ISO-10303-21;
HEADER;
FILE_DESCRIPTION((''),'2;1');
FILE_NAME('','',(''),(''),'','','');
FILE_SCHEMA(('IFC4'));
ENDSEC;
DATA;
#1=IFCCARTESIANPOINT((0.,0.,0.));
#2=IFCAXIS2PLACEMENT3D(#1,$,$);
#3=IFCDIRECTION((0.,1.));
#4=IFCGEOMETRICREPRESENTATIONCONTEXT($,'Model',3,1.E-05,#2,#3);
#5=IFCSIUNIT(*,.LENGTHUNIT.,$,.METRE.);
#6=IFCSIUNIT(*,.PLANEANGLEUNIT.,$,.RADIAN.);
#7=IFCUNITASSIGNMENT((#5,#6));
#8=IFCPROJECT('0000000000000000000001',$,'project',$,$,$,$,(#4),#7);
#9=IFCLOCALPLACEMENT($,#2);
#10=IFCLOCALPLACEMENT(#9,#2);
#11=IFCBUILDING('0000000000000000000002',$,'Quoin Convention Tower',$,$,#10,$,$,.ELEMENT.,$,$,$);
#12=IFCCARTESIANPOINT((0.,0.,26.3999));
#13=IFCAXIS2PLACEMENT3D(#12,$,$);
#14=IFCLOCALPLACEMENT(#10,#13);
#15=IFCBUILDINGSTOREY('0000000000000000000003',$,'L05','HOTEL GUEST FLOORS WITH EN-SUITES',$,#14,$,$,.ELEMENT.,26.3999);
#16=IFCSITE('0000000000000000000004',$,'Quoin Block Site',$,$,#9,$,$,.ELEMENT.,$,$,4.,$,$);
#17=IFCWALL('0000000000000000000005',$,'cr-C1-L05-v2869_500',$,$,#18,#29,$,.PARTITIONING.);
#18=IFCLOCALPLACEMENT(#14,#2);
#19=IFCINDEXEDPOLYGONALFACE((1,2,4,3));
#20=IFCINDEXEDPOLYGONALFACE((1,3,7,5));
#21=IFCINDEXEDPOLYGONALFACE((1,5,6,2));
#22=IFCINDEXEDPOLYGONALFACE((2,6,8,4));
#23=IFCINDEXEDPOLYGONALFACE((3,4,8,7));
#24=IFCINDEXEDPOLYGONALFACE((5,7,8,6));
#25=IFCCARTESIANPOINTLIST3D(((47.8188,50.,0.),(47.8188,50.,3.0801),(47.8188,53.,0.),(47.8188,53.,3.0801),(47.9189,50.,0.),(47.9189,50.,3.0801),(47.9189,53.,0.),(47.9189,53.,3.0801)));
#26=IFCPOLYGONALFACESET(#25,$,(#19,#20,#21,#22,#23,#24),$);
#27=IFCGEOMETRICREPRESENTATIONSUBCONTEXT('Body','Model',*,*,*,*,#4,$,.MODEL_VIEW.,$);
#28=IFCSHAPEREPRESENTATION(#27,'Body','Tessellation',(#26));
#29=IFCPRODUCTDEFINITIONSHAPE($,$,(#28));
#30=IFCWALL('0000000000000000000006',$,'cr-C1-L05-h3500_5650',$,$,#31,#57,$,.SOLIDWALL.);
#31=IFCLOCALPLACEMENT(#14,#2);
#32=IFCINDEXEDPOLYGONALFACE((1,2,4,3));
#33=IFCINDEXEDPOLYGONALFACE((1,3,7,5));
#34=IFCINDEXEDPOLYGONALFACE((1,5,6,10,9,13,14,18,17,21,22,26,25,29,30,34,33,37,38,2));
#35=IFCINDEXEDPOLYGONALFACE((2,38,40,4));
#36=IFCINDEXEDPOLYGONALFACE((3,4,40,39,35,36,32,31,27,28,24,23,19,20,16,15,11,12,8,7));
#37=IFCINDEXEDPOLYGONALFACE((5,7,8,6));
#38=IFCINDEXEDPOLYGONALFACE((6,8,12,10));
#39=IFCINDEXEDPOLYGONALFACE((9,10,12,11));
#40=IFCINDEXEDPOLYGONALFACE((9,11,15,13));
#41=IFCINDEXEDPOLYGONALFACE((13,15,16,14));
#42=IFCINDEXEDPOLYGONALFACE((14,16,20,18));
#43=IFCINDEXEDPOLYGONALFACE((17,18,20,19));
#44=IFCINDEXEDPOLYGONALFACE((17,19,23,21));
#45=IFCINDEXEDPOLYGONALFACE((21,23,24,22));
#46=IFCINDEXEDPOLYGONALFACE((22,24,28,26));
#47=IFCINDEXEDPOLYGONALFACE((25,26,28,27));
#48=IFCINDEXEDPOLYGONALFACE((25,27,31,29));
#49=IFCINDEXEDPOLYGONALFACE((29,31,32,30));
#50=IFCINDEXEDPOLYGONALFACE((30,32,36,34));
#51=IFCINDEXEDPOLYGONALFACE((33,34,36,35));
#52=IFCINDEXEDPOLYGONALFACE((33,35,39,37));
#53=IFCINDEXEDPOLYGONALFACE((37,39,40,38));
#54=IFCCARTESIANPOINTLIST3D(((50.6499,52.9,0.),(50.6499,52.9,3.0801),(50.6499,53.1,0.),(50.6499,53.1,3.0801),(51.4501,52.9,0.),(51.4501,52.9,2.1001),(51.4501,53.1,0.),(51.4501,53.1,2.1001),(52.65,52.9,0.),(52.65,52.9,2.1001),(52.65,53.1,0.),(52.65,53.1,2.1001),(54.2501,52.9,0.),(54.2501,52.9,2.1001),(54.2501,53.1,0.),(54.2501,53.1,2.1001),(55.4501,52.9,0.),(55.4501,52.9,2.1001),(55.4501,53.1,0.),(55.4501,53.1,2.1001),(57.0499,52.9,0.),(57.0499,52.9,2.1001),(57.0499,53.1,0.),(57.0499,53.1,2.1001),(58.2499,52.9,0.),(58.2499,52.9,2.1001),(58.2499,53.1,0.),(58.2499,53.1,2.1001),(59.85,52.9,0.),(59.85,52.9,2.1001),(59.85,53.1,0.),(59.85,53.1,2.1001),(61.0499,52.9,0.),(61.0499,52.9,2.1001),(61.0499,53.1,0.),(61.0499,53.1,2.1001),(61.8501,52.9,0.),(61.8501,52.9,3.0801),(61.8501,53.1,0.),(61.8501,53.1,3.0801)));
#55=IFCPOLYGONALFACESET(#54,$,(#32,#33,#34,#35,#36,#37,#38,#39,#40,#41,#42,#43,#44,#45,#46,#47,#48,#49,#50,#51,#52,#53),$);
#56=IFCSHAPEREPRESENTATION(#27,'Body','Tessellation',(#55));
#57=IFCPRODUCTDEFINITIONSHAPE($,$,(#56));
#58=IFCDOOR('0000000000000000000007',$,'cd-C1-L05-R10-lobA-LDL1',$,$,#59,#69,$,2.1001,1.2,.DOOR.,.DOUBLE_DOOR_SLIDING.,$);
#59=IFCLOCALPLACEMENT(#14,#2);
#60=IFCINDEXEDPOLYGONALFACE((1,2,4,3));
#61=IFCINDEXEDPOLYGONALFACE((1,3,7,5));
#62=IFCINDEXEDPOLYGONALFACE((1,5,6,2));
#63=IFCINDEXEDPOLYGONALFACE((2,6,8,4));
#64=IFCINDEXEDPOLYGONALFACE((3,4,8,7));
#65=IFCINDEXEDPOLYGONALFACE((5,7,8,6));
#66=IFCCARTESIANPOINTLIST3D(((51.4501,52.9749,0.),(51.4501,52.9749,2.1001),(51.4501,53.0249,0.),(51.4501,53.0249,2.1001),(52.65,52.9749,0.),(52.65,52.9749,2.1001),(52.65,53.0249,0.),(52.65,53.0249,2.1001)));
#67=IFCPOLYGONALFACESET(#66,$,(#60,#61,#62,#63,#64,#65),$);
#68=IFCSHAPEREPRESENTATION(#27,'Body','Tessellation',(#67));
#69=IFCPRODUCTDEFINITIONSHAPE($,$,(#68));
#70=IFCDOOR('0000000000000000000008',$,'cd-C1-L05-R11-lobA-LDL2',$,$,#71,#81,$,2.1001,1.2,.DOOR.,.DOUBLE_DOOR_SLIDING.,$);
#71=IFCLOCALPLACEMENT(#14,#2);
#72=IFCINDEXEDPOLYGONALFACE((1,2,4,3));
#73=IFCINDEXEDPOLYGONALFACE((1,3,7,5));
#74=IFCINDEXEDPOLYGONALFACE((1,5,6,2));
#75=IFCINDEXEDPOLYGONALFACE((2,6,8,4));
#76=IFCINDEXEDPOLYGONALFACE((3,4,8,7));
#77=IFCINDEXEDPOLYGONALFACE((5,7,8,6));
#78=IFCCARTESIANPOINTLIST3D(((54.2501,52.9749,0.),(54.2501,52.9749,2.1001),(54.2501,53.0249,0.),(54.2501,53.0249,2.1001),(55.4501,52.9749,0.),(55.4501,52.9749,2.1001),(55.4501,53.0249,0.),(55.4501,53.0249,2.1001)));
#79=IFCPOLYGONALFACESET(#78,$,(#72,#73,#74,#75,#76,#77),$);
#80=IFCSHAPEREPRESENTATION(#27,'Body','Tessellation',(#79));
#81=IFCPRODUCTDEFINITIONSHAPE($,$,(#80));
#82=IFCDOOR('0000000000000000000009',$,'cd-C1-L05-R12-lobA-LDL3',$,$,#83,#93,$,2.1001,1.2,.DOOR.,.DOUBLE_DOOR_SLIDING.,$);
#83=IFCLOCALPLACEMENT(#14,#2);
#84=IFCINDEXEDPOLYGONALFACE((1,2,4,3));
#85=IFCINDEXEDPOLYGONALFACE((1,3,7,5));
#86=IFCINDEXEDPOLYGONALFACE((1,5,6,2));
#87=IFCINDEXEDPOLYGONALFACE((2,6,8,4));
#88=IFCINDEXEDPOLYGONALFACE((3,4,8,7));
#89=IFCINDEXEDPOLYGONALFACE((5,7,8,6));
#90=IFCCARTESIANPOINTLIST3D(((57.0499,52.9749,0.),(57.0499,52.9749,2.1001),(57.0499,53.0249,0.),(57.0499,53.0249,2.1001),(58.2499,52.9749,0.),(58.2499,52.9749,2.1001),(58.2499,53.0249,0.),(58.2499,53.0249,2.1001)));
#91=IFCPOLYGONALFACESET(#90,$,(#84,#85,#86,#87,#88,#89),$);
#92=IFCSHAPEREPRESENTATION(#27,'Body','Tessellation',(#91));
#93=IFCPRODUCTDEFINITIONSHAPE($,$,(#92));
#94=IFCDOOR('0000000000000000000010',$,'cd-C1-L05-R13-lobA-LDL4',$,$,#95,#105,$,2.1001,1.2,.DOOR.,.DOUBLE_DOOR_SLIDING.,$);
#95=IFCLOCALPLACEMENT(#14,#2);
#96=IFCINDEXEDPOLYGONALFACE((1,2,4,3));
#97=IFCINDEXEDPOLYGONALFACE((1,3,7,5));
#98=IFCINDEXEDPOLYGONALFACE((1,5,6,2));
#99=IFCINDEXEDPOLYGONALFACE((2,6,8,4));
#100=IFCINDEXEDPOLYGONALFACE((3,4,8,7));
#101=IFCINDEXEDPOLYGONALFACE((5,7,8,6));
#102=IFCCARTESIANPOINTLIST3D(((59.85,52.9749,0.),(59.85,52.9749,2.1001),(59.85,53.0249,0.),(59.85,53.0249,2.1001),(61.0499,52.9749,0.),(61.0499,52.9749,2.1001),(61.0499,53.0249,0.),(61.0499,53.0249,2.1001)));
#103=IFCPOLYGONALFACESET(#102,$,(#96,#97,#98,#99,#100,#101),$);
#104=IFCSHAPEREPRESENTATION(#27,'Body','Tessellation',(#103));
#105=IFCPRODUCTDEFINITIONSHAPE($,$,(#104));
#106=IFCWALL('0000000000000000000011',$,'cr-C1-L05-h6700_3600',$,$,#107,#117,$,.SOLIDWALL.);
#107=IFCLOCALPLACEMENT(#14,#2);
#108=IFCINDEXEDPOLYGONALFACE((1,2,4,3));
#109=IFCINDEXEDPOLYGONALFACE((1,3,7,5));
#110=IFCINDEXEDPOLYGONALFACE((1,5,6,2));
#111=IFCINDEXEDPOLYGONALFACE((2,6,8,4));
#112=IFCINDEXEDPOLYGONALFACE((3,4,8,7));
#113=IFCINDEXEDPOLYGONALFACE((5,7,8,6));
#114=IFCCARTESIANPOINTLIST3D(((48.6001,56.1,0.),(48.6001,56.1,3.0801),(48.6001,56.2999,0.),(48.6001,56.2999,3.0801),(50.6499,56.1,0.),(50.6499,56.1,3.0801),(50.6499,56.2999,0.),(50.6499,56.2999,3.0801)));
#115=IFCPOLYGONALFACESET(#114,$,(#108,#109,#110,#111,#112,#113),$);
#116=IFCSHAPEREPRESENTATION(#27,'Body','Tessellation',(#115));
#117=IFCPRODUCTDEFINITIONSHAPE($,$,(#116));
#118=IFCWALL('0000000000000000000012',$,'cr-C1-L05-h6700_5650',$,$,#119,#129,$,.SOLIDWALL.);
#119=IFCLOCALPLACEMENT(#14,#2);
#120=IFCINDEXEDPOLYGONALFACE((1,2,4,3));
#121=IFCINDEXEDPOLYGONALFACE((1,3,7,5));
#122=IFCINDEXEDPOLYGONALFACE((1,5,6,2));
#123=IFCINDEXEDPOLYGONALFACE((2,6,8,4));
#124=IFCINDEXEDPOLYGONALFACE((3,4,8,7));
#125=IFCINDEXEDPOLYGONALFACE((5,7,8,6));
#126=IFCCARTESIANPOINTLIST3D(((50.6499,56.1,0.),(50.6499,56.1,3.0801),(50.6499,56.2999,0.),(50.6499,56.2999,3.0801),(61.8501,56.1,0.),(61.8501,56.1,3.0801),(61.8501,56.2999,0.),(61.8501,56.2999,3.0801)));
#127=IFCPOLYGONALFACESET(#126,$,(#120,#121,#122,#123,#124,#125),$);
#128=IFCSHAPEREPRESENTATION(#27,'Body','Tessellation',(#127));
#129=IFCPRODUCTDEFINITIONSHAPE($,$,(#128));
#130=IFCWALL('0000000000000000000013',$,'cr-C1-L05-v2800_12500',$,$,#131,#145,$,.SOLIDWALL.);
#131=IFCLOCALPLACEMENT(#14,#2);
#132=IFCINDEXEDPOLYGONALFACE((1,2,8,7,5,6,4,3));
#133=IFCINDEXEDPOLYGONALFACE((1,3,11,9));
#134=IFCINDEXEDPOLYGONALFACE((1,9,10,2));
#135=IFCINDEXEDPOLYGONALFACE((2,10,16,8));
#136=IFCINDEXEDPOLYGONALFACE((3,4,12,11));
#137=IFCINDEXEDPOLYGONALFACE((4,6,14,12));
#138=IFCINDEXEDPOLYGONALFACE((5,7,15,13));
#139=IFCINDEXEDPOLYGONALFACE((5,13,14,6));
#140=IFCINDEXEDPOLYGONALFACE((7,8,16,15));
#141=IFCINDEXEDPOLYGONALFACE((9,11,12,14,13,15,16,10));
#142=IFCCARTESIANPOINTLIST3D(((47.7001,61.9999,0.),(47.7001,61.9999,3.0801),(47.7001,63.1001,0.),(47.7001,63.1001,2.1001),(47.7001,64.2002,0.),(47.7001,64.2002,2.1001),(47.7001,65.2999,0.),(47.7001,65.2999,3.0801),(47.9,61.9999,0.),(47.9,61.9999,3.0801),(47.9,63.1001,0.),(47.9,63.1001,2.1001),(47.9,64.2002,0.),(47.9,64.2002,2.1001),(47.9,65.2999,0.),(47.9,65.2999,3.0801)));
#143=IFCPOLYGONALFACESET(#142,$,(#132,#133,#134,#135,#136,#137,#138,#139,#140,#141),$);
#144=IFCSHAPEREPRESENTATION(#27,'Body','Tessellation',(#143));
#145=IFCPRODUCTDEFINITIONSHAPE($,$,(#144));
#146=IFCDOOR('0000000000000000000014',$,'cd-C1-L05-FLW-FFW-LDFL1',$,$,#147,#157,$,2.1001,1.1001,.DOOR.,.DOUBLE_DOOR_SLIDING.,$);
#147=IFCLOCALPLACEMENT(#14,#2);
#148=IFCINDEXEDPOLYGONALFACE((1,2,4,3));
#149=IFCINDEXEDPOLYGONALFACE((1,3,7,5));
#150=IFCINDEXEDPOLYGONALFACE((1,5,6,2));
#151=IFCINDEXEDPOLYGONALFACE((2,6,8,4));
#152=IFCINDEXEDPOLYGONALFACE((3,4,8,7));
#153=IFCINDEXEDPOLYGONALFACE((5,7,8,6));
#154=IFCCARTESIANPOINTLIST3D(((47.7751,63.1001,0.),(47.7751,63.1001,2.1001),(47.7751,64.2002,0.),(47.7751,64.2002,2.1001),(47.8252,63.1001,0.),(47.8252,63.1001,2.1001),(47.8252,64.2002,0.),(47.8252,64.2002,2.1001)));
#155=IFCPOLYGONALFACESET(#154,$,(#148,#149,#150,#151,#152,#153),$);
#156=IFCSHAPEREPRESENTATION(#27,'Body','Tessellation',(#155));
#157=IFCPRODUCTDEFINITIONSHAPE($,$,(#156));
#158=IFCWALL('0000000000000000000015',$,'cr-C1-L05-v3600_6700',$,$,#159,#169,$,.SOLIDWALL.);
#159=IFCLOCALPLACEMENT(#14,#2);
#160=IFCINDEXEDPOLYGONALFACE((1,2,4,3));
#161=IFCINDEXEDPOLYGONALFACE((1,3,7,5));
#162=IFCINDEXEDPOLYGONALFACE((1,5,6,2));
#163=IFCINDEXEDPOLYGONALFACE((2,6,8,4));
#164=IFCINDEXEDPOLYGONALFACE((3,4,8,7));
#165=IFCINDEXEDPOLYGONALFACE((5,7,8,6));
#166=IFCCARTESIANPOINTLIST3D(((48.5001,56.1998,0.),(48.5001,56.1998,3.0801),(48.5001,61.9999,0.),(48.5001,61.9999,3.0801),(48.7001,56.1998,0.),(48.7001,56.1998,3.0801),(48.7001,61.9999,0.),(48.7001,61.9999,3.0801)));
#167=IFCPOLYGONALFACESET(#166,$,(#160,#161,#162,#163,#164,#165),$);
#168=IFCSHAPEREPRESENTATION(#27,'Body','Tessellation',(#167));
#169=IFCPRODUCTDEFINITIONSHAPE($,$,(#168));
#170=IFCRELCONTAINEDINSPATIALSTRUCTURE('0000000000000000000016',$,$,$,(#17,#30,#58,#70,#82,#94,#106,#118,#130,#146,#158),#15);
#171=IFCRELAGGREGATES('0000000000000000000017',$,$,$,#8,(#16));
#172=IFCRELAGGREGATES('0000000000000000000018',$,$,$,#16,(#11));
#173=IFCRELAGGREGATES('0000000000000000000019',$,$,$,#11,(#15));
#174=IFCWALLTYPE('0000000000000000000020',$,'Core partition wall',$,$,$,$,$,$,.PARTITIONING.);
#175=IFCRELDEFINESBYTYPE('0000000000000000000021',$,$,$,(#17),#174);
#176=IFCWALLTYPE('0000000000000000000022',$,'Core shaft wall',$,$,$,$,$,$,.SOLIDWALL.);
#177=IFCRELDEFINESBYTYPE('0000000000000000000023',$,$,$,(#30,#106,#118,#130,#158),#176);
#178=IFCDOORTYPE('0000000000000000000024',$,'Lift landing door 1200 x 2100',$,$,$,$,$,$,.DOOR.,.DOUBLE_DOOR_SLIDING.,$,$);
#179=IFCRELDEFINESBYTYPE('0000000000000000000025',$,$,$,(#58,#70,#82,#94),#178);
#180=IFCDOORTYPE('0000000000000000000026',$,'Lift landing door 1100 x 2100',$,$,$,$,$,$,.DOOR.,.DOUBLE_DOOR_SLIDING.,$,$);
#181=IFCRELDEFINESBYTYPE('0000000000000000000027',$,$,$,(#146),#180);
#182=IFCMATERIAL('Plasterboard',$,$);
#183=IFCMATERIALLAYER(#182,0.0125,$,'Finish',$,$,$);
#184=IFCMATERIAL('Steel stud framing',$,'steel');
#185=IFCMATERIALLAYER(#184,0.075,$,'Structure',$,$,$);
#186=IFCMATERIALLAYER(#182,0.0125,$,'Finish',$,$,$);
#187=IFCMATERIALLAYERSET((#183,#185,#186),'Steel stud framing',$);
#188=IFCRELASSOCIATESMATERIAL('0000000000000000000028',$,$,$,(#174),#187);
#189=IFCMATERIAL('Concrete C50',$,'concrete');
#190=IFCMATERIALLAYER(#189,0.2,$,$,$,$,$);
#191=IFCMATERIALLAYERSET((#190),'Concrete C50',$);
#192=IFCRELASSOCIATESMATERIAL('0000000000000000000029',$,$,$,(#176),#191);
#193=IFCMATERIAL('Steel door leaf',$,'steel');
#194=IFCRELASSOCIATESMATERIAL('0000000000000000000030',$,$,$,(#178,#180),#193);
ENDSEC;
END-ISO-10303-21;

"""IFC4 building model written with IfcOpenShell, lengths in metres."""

from ifc_helpers import new_model, si_unit, direction, frame, frame_2d, origin, place, context, subcontext, project, spatial, rectangle, extrude, material, layer, layer_set, type_object, element, fill, save


model = new_model("IFC4")

# Units and contexts
model_context = context("Model", 3, precision=1e-05, world=origin(), true_north=direction((0.0, 1.0)))
body_context = subcontext(model_context, "Body", "Model", "MODEL_VIEW")
ifc_project = project(units=[si_unit("LENGTHUNIT", "METRE"), si_unit("PLANEANGLEUNIT", "RADIAN")], contexts=[model_context])

# Site, building, storey
site_placement = place(None, origin())
site = spatial("IfcSite", under=ifc_project, at=site_placement, Name="Quoin Block Site", CompositionType="ELEMENT", RefElevation=4.0)
building_placement = place(site_placement, origin())
building = spatial("IfcBuilding", under=site, at=building_placement, Name="Quoin Convention Tower", CompositionType="ELEMENT")
storey_placement = place(building_placement, frame((0.0, 0.0, 26.3999)))
storey = spatial("IfcBuildingStorey", under=building, at=storey_placement, Name="L05", Description="HOTEL GUEST FLOORS WITH EN-SUITES", CompositionType="ELEMENT", Elevation=26.3999)

# Wall
ifc_material_1 = material(Name="Plasterboard")
ifc_layer_1 = layer(ifc_material_1, 0.0125, Name="Finish")
ifc_material_2 = material(Name="Steel stud framing", Category="steel")
ifc_layer_2 = layer(ifc_material_2, 0.075, Name="Structure")
ifc_layer_3 = layer(ifc_material_1, 0.0125, Name="Finish")
ifc_layer_set_1 = layer_set([ifc_layer_1, ifc_layer_2, ifc_layer_3], Name="Steel stud framing")
wall_type_1 = type_object("IfcWallType", Name="Core partition wall", PredefinedType="PARTITIONING", material=ifc_layer_set_1)
wall_1_placement = place(storey_placement, frame((47.8689, 50.0, 0.0), z_axis=(0.0, 0.0, 1.0), x_axis=(0.0, 1.0, 0.0)))
element("IfcWall", 1, at=wall_1_placement, inside=storey, type_object=wall_type_1, Name="cr-C1-L05-v2869_500", PredefinedType="PARTITIONING", context=body_context, shape_type="SweptSolid", body=[
    extrude(rectangle(XDim=3.0, YDim=0.1001, at=frame_2d((1.5, 0.0))), origin(), (0.0, 0.0, 1.0), 3.0801),
])

# Wall, openings, doors
ifc_material_3 = material(Name="Concrete C50", Category="concrete")
ifc_layer_4 = layer(ifc_material_3, 0.2)
ifc_layer_set_2 = layer_set([ifc_layer_4], Name="Concrete C50")
wall_type_2 = type_object("IfcWallType", Name="Core shaft wall", PredefinedType="SOLIDWALL", material=ifc_layer_set_2)
wall_2_placement = place(storey_placement, frame((50.6499, 53.0, 0.0), z_axis=(0.0, 0.0, 1.0), x_axis=(1.0, 0.0, 0.0)))
wall_2 = element("IfcWall", 2, at=wall_2_placement, inside=storey, type_object=wall_type_2, Name="cr-C1-L05-h3500_5650", PredefinedType="SOLIDWALL", context=body_context, shape_type="SweptSolid", body=[
    extrude(rectangle(XDim=11.2002, YDim=0.2, at=frame_2d((5.6001, 0.0))), origin(), (0.0, 0.0, 1.0), 3.0801),
])
opening_1_placement = place(wall_2_placement, frame((0.8, 0.0, 0.0)))
opening_1 = element("IfcOpeningElement", 3, at=opening_1_placement, cuts=wall_2, PredefinedType="OPENING", context=body_context, shape_type="SweptSolid", body=[
    extrude(rectangle(XDim=1.2, YDim=2.1001, at=frame_2d((0.6001, 1.05))), frame((0.0, 0.1099, 0.0), z_axis=(0.0, -1.0, 0.0), x_axis=(1.0, 0.0, 0.0)), (0.0, 0.0, 1.0), 0.22),
])
opening_2_placement = place(wall_2_placement, frame((3.6001, 0.0, 0.0)))
opening_2 = element("IfcOpeningElement", 4, at=opening_2_placement, cuts=wall_2, PredefinedType="OPENING", context=body_context, shape_type="SweptSolid", body=[
    extrude(rectangle(XDim=1.2, YDim=2.1001, at=frame_2d((0.6001, 1.05))), frame((0.0, 0.1099, 0.0), z_axis=(0.0, -1.0, 0.0), x_axis=(1.0, 0.0, 0.0)), (0.0, 0.0, 1.0), 0.22),
])
opening_3_placement = place(wall_2_placement, frame((6.3999, 0.0, 0.0)))
opening_3 = element("IfcOpeningElement", 5, at=opening_3_placement, cuts=wall_2, PredefinedType="OPENING", context=body_context, shape_type="SweptSolid", body=[
    extrude(rectangle(XDim=1.2, YDim=2.1001, at=frame_2d((0.6001, 1.05))), frame((0.0, 0.1099, 0.0), z_axis=(0.0, -1.0, 0.0), x_axis=(1.0, 0.0, 0.0)), (0.0, 0.0, 1.0), 0.22),
])
opening_4_placement = place(wall_2_placement, frame((9.2, 0.0, 0.0)))
opening_4 = element("IfcOpeningElement", 6, at=opening_4_placement, cuts=wall_2, PredefinedType="OPENING", context=body_context, shape_type="SweptSolid", body=[
    extrude(rectangle(XDim=1.2, YDim=2.1001, at=frame_2d((0.6001, 1.05))), frame((0.0, 0.1099, 0.0), z_axis=(0.0, -1.0, 0.0), x_axis=(1.0, 0.0, 0.0)), (0.0, 0.0, 1.0), 0.22),
])
ifc_material_4 = material(Name="Steel door leaf", Category="steel")
door_type_1 = type_object("IfcDoorType", Name="Lift landing door 1200 x 2100", OperationType="DOUBLE_DOOR_SLIDING", PredefinedType="DOOR", material=ifc_material_4)
door_1_placement = place(opening_1_placement, origin())
door_1 = element("IfcDoor", 7, at=door_1_placement, inside=storey, type_object=door_type_1, Name="cd-C1-L05-R10-lobA-LDL1", OperationType="DOUBLE_DOOR_SLIDING", OverallHeight=2.1001, OverallWidth=1.2, PredefinedType="DOOR", context=body_context, shape_type="SweptSolid", body=[
    extrude(rectangle(XDim=1.2, YDim=2.1001, at=frame_2d((0.6001, 1.05))), frame((0.0, 0.0249, 0.0), z_axis=(0.0, -1.0, 0.0), x_axis=(1.0, 0.0, 0.0)), (0.0, 0.0, 1.0), 0.05),
])
fill(opening_1, door_1)
door_2_placement = place(opening_2_placement, origin())
door_2 = element("IfcDoor", 8, at=door_2_placement, inside=storey, type_object=door_type_1, Name="cd-C1-L05-R11-lobA-LDL2", OperationType="DOUBLE_DOOR_SLIDING", OverallHeight=2.1001, OverallWidth=1.2, PredefinedType="DOOR", context=body_context, shape_type="SweptSolid", body=[
    extrude(rectangle(XDim=1.2, YDim=2.1001, at=frame_2d((0.6001, 1.05))), frame((0.0, 0.0249, 0.0), z_axis=(0.0, -1.0, 0.0), x_axis=(1.0, 0.0, 0.0)), (0.0, 0.0, 1.0), 0.05),
])
fill(opening_2, door_2)
door_3_placement = place(opening_3_placement, origin())
door_3 = element("IfcDoor", 9, at=door_3_placement, inside=storey, type_object=door_type_1, Name="cd-C1-L05-R12-lobA-LDL3", OperationType="DOUBLE_DOOR_SLIDING", OverallHeight=2.1001, OverallWidth=1.2, PredefinedType="DOOR", context=body_context, shape_type="SweptSolid", body=[
    extrude(rectangle(XDim=1.2, YDim=2.1001, at=frame_2d((0.6001, 1.05))), frame((0.0, 0.0249, 0.0), z_axis=(0.0, -1.0, 0.0), x_axis=(1.0, 0.0, 0.0)), (0.0, 0.0, 1.0), 0.05),
])
fill(opening_3, door_3)
door_4_placement = place(opening_4_placement, origin())
door_4 = element("IfcDoor", 10, at=door_4_placement, inside=storey, type_object=door_type_1, Name="cd-C1-L05-R13-lobA-LDL4", OperationType="DOUBLE_DOOR_SLIDING", OverallHeight=2.1001, OverallWidth=1.2, PredefinedType="DOOR", context=body_context, shape_type="SweptSolid", body=[
    extrude(rectangle(XDim=1.2, YDim=2.1001, at=frame_2d((0.6001, 1.05))), frame((0.0, 0.0249, 0.0), z_axis=(0.0, -1.0, 0.0), x_axis=(1.0, 0.0, 0.0)), (0.0, 0.0, 1.0), 0.05),
])
fill(opening_4, door_4)

# Walls
wall_3_placement = place(storey_placement, frame((48.6001, 56.2, 0.0), z_axis=(0.0, 0.0, 1.0), x_axis=(1.0, 0.0, 0.0)))
element("IfcWall", 11, at=wall_3_placement, inside=storey, type_object=wall_type_2, Name="cr-C1-L05-h6700_3600", PredefinedType="SOLIDWALL", context=body_context, shape_type="SweptSolid", body=[
    extrude(rectangle(XDim=2.0498, YDim=0.2, at=frame_2d((1.0249, 0.0))), origin(), (0.0, 0.0, 1.0), 3.0801),
])
wall_4_placement = place(storey_placement, frame((50.6499, 56.2, 0.0), z_axis=(0.0, 0.0, 1.0), x_axis=(1.0, 0.0, 0.0)))
element("IfcWall", 12, at=wall_4_placement, inside=storey, type_object=wall_type_2, Name="cr-C1-L05-h6700_5650", PredefinedType="SOLIDWALL", context=body_context, shape_type="SweptSolid", body=[
    extrude(rectangle(XDim=11.2002, YDim=0.2, at=frame_2d((5.6001, 0.0))), origin(), (0.0, 0.0, 1.0), 3.0801),
])

# Wall, opening, door
wall_5_placement = place(storey_placement, frame((47.8, 62.0, 0.0), z_axis=(0.0, 0.0, 1.0), x_axis=(0.0, 1.0, 0.0)))
wall_5 = element("IfcWall", 13, at=wall_5_placement, inside=storey, type_object=wall_type_2, Name="cr-C1-L05-v2800_12500", PredefinedType="SOLIDWALL", context=body_context, shape_type="SweptSolid", body=[
    extrude(rectangle(XDim=3.3, YDim=0.2, at=frame_2d((1.6499, 0.0))), origin(), (0.0, 0.0, 1.0), 3.0801),
])
opening_5_placement = place(wall_5_placement, frame((1.1001, 0.0, 0.0)))
opening_5 = element("IfcOpeningElement", 14, at=opening_5_placement, cuts=wall_5, PredefinedType="OPENING", context=body_context, shape_type="SweptSolid", body=[
    extrude(rectangle(XDim=1.1001, YDim=2.1001, at=frame_2d((0.55, 1.05))), frame((0.0, 0.1099, 0.0), z_axis=(0.0, -1.0, 0.0), x_axis=(1.0, 0.0, 0.0)), (0.0, 0.0, 1.0), 0.22),
])
door_type_2 = type_object("IfcDoorType", Name="Lift landing door 1100 x 2100", OperationType="DOUBLE_DOOR_SLIDING", PredefinedType="DOOR", material=ifc_material_4)
door_5_placement = place(opening_5_placement, origin())
door_5 = element("IfcDoor", 15, at=door_5_placement, inside=storey, type_object=door_type_2, Name="cd-C1-L05-FLW-FFW-LDFL1", OperationType="DOUBLE_DOOR_SLIDING", OverallHeight=2.1001, OverallWidth=1.1001, PredefinedType="DOOR", context=body_context, shape_type="SweptSolid", body=[
    extrude(rectangle(XDim=1.1001, YDim=2.1001, at=frame_2d((0.55, 1.05))), frame((0.0, 0.0249, 0.0), z_axis=(0.0, -1.0, 0.0), x_axis=(1.0, 0.0, 0.0)), (0.0, 0.0, 1.0), 0.05),
])
fill(opening_5, door_5)

# Wall
wall_6_placement = place(storey_placement, frame((48.6001, 56.2, 0.0), z_axis=(0.0, 0.0, 1.0), x_axis=(0.0, 1.0, 0.0)))
element("IfcWall", 16, at=wall_6_placement, inside=storey, type_object=wall_type_2, Name="cr-C1-L05-v3600_6700", PredefinedType="SOLIDWALL", context=body_context, shape_type="SweptSolid", body=[
    extrude(rectangle(XDim=5.8, YDim=0.2, at=frame_2d((2.8999, 0.0))), origin(), (0.0, 0.0, 1.0), 3.0801),
])

save(model, "model.ifc")
